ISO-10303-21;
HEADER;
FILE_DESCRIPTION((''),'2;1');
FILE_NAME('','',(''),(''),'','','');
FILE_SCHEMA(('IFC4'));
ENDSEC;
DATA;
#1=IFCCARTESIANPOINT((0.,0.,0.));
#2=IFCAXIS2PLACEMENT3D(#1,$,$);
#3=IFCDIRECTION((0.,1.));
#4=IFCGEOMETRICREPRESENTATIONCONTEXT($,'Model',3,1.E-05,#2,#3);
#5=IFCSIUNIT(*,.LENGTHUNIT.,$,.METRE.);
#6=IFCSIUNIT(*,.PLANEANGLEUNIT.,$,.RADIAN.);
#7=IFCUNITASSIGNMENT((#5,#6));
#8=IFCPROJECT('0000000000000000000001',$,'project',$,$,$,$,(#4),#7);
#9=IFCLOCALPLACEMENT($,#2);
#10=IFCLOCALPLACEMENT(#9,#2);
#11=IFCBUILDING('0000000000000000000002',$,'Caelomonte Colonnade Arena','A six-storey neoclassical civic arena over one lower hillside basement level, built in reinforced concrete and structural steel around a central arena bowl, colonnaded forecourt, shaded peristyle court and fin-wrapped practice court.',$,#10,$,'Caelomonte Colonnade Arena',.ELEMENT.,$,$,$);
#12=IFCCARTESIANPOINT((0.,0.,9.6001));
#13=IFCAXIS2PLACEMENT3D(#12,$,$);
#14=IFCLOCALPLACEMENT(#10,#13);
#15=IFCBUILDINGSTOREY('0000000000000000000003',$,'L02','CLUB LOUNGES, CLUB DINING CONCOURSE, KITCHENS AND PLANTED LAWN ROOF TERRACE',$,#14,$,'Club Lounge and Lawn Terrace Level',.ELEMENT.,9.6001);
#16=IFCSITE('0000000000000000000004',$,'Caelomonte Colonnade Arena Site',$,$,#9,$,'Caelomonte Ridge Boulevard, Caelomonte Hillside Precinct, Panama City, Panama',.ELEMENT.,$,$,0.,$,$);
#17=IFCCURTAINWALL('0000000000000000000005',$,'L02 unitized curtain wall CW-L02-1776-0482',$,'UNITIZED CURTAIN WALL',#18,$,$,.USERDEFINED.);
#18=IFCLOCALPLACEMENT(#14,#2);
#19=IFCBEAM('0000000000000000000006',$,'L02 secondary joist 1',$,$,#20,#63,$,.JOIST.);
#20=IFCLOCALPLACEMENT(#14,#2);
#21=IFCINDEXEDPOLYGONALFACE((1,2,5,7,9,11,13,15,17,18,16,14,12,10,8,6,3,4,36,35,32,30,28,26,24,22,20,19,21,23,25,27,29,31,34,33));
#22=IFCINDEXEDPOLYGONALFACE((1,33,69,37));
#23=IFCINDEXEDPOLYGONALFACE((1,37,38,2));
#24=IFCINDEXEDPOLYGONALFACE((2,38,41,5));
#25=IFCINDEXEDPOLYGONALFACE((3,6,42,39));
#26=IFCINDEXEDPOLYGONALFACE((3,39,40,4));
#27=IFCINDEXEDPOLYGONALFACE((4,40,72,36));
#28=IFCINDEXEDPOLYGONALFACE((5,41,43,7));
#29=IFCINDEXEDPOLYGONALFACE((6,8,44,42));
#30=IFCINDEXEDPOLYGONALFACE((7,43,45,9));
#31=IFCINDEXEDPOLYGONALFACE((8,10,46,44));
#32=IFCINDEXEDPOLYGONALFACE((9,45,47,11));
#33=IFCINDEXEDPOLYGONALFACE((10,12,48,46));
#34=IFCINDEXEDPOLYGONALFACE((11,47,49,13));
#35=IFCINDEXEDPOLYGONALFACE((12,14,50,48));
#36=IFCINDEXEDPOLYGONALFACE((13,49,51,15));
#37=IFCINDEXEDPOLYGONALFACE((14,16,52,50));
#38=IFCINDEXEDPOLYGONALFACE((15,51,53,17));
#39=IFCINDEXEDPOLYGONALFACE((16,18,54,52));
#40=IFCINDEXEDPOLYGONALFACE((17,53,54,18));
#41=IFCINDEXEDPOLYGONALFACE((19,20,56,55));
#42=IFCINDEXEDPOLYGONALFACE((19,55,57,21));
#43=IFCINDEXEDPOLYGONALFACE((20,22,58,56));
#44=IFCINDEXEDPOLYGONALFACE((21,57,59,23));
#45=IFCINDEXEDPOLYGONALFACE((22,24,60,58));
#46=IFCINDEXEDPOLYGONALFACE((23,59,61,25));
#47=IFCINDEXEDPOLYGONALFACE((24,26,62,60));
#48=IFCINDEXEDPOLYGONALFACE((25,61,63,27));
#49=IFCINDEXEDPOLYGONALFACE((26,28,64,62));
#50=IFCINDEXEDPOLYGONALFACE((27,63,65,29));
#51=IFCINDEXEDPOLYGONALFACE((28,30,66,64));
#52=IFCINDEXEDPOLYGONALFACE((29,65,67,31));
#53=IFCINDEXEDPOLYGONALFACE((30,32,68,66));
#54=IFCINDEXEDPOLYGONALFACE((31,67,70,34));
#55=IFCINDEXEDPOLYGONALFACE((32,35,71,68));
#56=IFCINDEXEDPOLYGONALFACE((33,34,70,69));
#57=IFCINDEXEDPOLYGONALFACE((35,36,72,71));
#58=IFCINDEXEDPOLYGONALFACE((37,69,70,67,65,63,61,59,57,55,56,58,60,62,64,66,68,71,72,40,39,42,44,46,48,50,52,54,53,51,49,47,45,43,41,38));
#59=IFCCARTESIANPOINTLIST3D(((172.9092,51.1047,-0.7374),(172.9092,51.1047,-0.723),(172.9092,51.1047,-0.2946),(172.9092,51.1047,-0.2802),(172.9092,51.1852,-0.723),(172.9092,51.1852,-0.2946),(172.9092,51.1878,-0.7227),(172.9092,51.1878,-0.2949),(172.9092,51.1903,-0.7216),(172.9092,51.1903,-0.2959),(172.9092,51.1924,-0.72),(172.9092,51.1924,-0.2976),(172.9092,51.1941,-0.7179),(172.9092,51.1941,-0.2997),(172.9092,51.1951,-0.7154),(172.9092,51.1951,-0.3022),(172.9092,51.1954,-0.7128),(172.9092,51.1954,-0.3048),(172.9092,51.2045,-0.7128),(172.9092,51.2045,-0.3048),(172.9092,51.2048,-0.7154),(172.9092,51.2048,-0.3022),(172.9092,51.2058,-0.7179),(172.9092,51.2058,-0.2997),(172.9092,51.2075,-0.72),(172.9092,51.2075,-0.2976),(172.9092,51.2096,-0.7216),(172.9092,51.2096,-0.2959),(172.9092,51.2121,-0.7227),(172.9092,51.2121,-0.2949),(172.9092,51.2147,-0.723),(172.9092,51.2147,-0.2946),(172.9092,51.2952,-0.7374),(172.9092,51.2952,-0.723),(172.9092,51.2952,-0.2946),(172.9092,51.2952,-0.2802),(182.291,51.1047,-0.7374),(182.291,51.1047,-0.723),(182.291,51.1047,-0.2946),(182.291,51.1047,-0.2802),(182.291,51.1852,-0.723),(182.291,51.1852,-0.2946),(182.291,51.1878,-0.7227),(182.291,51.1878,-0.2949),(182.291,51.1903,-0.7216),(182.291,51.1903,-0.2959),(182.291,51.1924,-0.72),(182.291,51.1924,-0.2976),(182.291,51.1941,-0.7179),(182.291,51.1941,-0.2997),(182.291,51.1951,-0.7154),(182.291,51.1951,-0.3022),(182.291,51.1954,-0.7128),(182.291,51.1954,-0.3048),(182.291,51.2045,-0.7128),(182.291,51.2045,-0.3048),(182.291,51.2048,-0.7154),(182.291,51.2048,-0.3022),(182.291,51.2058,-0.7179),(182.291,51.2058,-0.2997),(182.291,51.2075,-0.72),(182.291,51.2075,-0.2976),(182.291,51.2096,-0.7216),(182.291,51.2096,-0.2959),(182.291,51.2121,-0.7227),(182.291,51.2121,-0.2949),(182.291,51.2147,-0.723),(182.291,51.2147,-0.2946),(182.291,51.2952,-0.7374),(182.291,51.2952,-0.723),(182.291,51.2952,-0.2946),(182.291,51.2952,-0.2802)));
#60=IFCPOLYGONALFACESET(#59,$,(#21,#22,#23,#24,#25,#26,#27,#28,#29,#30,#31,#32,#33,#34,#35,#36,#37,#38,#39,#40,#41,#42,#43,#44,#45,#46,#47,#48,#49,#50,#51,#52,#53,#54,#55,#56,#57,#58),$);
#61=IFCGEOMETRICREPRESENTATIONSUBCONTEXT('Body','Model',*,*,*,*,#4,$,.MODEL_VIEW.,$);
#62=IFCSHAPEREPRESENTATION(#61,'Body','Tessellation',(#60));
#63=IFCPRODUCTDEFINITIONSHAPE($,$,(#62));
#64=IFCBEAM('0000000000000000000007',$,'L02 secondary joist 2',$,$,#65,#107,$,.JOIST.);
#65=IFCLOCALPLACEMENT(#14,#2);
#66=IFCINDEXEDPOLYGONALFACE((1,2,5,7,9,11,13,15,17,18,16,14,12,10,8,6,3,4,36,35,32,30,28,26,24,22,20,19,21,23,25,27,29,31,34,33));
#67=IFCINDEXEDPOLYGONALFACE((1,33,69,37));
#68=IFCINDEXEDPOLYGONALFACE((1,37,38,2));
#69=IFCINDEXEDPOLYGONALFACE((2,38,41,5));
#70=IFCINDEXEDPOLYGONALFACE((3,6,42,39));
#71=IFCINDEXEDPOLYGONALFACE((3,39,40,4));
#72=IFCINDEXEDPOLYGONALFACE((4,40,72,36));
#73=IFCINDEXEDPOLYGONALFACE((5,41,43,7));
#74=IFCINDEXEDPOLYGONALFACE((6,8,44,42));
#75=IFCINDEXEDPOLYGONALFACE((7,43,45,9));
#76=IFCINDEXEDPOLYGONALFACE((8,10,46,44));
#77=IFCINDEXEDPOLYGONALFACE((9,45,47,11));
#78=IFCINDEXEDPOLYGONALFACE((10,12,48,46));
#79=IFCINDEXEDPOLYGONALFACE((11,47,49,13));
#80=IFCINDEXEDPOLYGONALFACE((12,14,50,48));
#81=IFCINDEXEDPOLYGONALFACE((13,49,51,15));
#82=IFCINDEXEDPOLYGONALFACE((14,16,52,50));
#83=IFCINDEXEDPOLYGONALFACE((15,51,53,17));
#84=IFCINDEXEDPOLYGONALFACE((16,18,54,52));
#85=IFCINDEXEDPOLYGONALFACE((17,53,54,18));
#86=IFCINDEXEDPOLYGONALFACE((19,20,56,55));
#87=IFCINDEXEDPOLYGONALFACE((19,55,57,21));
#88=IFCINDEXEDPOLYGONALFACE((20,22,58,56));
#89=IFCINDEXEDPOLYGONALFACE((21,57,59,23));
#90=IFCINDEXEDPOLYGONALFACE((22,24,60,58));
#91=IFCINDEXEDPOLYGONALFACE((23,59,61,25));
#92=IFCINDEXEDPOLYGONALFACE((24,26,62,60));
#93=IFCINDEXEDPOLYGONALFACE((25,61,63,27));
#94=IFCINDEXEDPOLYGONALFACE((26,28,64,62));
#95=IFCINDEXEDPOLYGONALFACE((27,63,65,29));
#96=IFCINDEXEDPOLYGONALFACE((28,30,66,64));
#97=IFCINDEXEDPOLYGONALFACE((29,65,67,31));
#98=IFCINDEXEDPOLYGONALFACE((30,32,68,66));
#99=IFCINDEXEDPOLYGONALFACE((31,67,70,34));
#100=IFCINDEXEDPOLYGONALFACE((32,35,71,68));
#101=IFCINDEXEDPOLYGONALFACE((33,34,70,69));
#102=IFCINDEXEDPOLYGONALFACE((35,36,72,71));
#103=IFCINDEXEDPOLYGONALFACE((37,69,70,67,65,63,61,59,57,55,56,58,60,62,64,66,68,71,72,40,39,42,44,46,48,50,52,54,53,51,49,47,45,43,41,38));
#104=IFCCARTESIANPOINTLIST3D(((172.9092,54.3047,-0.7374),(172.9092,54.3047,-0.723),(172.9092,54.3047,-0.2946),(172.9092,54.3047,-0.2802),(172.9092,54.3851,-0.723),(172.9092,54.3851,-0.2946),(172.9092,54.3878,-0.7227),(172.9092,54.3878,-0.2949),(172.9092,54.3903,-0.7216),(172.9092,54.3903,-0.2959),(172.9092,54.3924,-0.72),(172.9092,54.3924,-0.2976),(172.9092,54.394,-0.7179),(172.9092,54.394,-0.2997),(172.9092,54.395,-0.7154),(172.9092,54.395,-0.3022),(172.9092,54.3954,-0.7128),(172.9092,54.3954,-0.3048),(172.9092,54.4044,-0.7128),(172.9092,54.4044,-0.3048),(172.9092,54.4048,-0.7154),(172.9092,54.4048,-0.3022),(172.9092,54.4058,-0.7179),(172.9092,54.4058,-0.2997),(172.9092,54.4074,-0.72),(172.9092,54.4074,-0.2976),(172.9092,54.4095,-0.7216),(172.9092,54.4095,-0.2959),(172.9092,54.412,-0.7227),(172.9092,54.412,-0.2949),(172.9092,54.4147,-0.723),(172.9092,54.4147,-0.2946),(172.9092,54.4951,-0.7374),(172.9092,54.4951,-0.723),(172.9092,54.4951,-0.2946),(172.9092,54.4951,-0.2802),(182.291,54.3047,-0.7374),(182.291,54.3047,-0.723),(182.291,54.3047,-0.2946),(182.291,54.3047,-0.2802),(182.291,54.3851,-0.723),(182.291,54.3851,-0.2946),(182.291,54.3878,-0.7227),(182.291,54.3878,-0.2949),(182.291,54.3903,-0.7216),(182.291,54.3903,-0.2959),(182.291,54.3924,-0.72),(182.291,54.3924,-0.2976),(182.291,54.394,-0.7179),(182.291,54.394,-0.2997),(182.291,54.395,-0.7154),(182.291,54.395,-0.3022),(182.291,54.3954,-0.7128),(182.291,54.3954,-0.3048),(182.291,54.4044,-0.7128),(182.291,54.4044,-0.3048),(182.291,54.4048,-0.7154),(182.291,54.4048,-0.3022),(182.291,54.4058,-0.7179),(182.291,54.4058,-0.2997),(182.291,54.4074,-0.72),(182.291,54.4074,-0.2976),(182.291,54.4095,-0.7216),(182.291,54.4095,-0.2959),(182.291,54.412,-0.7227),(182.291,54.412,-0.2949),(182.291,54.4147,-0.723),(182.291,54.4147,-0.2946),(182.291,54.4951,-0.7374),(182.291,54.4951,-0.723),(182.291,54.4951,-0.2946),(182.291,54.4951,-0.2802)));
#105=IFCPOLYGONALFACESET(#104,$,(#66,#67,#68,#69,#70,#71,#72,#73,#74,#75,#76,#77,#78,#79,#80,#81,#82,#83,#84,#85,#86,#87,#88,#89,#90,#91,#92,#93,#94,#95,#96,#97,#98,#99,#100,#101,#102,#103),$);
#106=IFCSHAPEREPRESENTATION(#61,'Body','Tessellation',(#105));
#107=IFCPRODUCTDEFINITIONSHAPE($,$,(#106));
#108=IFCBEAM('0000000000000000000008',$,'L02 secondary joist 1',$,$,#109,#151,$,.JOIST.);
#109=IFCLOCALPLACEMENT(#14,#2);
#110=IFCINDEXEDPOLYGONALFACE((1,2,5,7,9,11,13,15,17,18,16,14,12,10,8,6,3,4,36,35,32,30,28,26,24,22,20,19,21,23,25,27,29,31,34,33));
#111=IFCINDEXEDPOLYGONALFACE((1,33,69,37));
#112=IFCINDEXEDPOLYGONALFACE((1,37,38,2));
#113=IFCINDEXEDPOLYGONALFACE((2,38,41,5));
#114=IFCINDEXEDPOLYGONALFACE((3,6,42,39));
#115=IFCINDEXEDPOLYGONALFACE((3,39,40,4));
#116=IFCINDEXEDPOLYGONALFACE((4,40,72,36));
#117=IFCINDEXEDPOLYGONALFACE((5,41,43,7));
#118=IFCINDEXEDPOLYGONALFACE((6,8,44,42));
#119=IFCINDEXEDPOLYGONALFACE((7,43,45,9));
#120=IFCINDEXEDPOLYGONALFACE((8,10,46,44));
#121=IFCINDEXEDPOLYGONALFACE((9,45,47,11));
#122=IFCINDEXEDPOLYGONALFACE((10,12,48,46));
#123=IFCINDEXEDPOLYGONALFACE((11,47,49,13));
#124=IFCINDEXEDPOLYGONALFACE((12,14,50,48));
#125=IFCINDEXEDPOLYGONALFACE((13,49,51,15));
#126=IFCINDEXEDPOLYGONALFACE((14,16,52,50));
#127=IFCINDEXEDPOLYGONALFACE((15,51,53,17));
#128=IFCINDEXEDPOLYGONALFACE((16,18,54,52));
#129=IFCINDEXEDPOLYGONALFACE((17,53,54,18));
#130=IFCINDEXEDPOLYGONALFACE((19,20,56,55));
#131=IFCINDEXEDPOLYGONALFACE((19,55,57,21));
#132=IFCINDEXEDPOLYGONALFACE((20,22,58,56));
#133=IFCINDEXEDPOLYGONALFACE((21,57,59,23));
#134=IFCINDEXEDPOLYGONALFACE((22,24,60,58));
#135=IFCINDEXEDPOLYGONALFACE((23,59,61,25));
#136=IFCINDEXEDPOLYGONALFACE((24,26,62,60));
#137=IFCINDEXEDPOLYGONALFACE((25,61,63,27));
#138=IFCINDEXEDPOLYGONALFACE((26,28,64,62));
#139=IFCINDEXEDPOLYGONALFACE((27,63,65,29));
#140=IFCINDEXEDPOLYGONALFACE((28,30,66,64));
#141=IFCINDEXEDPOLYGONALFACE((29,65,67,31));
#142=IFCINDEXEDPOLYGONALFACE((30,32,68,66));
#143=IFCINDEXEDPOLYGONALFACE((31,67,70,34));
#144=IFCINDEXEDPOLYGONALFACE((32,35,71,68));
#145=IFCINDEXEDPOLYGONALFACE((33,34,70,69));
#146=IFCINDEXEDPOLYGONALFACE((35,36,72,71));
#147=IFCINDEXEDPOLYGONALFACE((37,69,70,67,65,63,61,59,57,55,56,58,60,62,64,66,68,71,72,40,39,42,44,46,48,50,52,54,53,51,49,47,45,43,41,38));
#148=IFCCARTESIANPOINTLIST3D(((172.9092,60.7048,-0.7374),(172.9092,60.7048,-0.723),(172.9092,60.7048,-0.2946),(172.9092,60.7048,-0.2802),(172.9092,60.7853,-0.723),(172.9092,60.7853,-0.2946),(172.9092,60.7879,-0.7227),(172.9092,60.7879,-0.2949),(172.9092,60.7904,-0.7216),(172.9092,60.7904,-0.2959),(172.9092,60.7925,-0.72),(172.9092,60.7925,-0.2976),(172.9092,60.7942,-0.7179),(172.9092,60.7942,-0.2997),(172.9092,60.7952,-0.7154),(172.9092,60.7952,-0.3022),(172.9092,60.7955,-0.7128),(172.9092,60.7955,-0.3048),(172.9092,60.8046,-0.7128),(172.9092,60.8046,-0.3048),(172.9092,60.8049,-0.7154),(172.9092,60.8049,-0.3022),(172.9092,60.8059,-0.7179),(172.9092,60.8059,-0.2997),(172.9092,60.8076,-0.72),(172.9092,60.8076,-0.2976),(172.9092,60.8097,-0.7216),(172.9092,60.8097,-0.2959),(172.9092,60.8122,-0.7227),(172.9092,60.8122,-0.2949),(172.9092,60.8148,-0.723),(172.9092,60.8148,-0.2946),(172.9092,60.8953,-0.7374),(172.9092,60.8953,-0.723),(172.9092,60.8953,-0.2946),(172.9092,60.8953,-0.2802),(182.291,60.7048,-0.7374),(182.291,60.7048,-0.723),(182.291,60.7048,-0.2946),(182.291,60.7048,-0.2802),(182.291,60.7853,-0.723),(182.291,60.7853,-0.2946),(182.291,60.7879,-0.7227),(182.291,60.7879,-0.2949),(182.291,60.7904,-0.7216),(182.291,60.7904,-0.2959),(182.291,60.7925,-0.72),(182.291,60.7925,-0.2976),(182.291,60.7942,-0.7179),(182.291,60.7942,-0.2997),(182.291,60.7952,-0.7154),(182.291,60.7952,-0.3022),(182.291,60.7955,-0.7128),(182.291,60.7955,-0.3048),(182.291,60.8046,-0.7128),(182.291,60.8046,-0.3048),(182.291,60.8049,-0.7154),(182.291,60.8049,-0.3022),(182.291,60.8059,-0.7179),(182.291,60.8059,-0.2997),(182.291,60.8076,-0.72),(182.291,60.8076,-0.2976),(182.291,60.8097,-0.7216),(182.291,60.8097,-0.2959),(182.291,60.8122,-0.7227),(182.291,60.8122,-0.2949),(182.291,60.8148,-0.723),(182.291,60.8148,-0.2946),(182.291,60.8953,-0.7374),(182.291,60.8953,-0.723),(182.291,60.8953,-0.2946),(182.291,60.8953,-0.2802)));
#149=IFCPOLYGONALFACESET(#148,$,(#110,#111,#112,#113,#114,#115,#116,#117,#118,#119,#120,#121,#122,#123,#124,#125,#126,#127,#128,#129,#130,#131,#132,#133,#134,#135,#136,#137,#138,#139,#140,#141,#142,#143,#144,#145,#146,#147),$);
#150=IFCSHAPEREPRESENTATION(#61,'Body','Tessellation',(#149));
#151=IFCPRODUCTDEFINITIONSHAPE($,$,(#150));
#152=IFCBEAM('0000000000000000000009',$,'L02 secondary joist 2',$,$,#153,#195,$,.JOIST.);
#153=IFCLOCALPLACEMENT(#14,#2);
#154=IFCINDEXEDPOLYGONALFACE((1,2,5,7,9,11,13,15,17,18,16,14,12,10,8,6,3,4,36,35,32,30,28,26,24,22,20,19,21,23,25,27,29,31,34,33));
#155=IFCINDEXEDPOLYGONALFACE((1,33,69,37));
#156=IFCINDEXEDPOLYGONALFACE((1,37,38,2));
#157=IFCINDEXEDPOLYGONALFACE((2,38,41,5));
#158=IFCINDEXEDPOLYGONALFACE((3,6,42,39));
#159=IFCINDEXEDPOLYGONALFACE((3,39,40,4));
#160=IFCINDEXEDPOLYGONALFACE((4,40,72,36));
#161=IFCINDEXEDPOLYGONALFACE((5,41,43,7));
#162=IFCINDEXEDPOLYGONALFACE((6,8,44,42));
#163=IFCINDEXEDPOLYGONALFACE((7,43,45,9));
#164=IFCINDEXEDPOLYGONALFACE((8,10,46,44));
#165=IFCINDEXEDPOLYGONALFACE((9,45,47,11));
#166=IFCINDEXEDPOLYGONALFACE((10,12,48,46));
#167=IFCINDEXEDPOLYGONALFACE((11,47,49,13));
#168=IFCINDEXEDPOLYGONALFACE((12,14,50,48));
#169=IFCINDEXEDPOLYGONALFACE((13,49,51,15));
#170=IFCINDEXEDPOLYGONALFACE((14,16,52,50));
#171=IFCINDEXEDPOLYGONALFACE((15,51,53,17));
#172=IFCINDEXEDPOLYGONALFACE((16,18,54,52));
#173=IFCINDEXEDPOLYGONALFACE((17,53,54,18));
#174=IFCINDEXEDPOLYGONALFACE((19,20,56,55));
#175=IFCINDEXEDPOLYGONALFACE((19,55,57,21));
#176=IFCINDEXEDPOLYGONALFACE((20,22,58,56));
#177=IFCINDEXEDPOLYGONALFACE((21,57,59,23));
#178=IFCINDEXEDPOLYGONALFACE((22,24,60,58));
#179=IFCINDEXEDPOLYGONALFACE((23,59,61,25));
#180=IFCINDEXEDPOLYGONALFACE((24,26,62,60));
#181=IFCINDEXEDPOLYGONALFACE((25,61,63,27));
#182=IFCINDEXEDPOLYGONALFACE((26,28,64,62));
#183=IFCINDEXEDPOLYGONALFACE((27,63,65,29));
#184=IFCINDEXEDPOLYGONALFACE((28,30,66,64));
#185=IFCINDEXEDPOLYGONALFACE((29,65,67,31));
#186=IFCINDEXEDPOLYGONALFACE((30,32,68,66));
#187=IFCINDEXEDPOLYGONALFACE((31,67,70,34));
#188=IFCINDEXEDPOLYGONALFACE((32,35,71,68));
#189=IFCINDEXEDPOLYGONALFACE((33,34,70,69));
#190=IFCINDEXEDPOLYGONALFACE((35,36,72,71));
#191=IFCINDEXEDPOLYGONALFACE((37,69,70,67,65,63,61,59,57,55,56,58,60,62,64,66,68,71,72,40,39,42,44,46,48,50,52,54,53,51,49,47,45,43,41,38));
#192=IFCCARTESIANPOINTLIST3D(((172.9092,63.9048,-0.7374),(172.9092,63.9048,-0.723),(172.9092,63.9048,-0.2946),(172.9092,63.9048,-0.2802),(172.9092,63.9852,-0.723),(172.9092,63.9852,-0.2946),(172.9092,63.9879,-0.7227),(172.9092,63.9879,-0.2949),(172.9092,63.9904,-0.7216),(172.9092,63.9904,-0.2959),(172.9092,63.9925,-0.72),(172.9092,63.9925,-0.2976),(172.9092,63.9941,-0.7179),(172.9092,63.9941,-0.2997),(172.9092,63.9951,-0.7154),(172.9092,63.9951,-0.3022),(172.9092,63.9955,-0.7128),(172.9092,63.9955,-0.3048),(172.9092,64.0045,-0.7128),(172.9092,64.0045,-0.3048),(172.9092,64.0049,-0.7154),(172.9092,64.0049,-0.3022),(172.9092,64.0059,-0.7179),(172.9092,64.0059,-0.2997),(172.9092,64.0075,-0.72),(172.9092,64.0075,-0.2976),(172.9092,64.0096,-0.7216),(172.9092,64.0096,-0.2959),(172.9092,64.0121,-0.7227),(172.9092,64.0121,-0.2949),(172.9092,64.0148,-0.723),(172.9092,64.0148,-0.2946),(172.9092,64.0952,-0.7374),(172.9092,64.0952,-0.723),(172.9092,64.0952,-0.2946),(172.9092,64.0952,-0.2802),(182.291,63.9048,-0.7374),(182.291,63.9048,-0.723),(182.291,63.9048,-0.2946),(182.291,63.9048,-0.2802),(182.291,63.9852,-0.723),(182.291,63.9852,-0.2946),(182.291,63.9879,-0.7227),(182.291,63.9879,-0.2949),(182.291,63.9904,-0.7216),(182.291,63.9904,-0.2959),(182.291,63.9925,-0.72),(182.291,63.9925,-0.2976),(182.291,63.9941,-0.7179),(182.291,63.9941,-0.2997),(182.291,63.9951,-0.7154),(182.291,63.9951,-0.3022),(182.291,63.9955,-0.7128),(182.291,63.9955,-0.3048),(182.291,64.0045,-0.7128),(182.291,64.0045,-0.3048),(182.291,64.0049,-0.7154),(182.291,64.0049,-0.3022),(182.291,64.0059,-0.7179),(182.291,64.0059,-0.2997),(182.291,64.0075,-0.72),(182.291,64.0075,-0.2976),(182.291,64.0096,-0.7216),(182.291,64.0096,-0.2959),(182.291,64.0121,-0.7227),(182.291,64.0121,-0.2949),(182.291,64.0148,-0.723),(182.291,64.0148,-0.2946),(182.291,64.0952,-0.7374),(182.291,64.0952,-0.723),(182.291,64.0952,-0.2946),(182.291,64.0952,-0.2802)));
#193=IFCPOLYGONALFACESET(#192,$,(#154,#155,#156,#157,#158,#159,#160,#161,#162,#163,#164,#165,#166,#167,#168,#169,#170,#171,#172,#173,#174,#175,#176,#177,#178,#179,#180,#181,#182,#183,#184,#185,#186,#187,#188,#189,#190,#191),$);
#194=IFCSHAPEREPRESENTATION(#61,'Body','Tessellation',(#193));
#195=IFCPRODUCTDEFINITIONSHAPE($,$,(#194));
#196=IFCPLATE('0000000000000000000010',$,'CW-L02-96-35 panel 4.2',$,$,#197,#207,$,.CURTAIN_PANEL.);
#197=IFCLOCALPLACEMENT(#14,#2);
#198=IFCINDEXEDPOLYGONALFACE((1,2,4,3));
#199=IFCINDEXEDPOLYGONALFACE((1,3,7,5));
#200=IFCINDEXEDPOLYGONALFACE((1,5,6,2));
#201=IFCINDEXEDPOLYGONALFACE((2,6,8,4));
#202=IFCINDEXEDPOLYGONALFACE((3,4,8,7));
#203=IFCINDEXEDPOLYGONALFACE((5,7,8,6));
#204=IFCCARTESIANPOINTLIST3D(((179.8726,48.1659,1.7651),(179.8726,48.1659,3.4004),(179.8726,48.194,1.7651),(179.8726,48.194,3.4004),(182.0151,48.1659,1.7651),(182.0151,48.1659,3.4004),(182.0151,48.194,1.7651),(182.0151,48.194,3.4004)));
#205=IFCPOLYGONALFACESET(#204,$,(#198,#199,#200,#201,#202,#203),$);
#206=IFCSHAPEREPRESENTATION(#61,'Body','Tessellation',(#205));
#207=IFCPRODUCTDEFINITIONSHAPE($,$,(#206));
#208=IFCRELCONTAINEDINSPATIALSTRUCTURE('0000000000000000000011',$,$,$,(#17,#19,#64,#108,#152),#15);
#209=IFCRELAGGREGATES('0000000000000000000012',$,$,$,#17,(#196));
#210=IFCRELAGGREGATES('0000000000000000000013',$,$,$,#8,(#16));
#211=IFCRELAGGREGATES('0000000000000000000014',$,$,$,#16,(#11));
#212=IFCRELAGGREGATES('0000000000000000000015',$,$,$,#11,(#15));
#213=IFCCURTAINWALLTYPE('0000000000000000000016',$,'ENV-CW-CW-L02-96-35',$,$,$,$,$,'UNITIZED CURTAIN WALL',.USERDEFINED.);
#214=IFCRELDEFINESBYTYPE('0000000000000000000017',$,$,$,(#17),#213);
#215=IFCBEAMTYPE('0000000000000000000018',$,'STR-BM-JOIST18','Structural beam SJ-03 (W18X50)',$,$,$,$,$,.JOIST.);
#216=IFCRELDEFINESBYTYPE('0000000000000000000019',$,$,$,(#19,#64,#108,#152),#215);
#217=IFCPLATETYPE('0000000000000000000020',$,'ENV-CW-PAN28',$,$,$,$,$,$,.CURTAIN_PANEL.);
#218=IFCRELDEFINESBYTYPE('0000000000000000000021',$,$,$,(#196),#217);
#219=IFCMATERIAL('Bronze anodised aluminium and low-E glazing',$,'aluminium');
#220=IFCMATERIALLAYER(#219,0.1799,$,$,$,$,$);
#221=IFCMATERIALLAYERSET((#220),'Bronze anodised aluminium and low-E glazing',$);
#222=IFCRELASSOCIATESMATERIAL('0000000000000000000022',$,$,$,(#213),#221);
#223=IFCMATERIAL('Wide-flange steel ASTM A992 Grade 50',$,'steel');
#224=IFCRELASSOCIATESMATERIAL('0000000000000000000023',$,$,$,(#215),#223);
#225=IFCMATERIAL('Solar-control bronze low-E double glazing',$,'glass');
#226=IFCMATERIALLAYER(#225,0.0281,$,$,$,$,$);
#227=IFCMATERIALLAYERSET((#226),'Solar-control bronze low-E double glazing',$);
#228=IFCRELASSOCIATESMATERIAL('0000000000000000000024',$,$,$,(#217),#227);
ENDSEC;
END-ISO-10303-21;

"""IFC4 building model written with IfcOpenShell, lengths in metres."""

from ifc_helpers import new_model, si_unit, direction, frame, origin, origin_2d, place, context, subcontext, project, spatial, rectangle, i_section, extrude, material, layer, layer_set, material_profile, profile_set, type_object, element, aggregate, save


model = new_model("IFC4")

# Units and contexts
model_context = context("Model", 3, precision=1e-05, world=origin(), true_north=direction((0.0, 1.0)))
body_context = subcontext(model_context, "Body", "Model", "MODEL_VIEW")
ifc_project = project(units=[si_unit("LENGTHUNIT", "METRE"), si_unit("PLANEANGLEUNIT", "RADIAN")], contexts=[model_context])

# Site, building, storey
site_placement = place(None, origin())
site = spatial("IfcSite", under=ifc_project, at=site_placement, Name="Caelomonte Colonnade Arena Site", LongName="Caelomonte Ridge Boulevard, Caelomonte Hillside Precinct, Panama City, Panama", CompositionType="ELEMENT", RefElevation=0.0)
building_placement = place(site_placement, origin())
building = spatial("IfcBuilding", under=site, at=building_placement, Name="Caelomonte Colonnade Arena", Description="A six-storey neoclassical civic arena over one lower hillside basement level, built in reinforced concrete and structural steel around a central arena bowl, colonnaded forecourt, shaded peristyle court and fin-wrapped practice court.", LongName="Caelomonte Colonnade Arena", CompositionType="ELEMENT")
storey_placement = place(building_placement, frame((0.0, 0.0, 9.6001)))
storey = spatial("IfcBuildingStorey", under=building, at=storey_placement, Name="L02", Description="CLUB LOUNGES, CLUB DINING CONCOURSE, KITCHENS AND PLANTED LAWN ROOF TERRACE", LongName="Club Lounge and Lawn Terrace Level", CompositionType="ELEMENT", Elevation=9.6001)

# Curtain wall
ifc_material_1 = material(Name="Bronze anodised aluminium and low-E glazing", Category="aluminium")
ifc_layer_1 = layer(ifc_material_1, 0.1799)
ifc_layer_set_1 = layer_set([ifc_layer_1], Name="Bronze anodised aluminium and low-E glazing")
curtain_wall_type_1 = type_object("IfcCurtainWallType", Name="ENV-CW-CW-L02-96-35", ElementType="UNITIZED CURTAIN WALL", PredefinedType="USERDEFINED", material=ifc_layer_set_1)
curtain_wall_1_placement = place(storey_placement, origin())
curtain_wall_1 = element("IfcCurtainWall", 1, at=curtain_wall_1_placement, inside=storey, type_object=curtain_wall_type_1, Name="L02 unitized curtain wall CW-L02-1776-0482", ObjectType="UNITIZED CURTAIN WALL", PredefinedType="USERDEFINED")

# Beams
ifc_material_2 = material(Name="Wide-flange steel ASTM A992 Grade 50", Category="steel")
ifc_material_profile_1 = material_profile(ifc_material_2, i_section(OverallWidth=0.1904, OverallDepth=0.4573, WebThickness=0.009, FlangeThickness=0.0144, FilletRadius=0.0103, at=origin_2d()), Name="W18X50")
ifc_profile_set_1 = profile_set([ifc_material_profile_1], Name="Wide-flange steel ASTM A992 Grade 50")
beam_type_1 = type_object("IfcBeamType", Name="STR-BM-JOIST18", Description="Structural beam SJ-03 (W18X50)", PredefinedType="JOIST", material=ifc_profile_set_1)
for number, where, z_axis, x_axis, name in (
    (2, (172.9092, 51.2, -0.5088), (1.0, 0.0, 0.0), (0.0, 1.0, 0.0), "L02 secondary joist 1"),
    (3, (172.9092, 54.3999, -0.5088), (1.0, 0.0, 0.0), (0.0, 1.0, 0.0), "L02 secondary joist 2"),
    (4, (172.9092, 60.8, -0.5088), (1.0, 0.0, 0.0), (0.0, 1.0, 0.0), "L02 secondary joist 1"),
    (5, (172.9092, 64.0, -0.5088), (1.0, 0.0, 0.0), (0.0, 1.0, 0.0), "L02 secondary joist 2"),
):
    element("IfcBeam", number, at=place(storey_placement, frame(where, z_axis=z_axis, x_axis=x_axis)), inside=storey, type_object=beam_type_1, Name=name, PredefinedType="JOIST", context=body_context, shape_type="SweptSolid", body=[
        extrude(i_section(OverallWidth=0.1904, OverallDepth=0.4573, WebThickness=0.009, FlangeThickness=0.0144, FilletRadius=0.0103, at=origin_2d()), origin(), (0.0, 0.0, 1.0), 9.3818),
    ])

# Plate
ifc_material_3 = material(Name="Solar-control bronze low-E double glazing", Category="glass")
ifc_layer_2 = layer(ifc_material_3, 0.0281)
ifc_layer_set_2 = layer_set([ifc_layer_2], Name="Solar-control bronze low-E double glazing")
plate_type = type_object("IfcPlateType", Name="ENV-CW-PAN28", PredefinedType="CURTAIN_PANEL", material=ifc_layer_set_2)
plate_1_placement = place(storey_placement, frame((180.9438, 48.1799, 1.7651), z_axis=(0.0, 0.0, 1.0), x_axis=(1.0, 0.0, 0.0)))
plate_1 = element("IfcPlate", 6, at=plate_1_placement, type_object=plate_type, Name="CW-L02-96-35 panel 4.2", PredefinedType="CURTAIN_PANEL", context=body_context, shape_type="SweptSolid", body=[
    extrude(rectangle(XDim=2.1426, YDim=0.0281, at=origin_2d()), origin(), (0.0, 0.0, 1.0), 1.6353),
])
aggregate(curtain_wall_1, [plate_1])

save(model, "model.ifc")
